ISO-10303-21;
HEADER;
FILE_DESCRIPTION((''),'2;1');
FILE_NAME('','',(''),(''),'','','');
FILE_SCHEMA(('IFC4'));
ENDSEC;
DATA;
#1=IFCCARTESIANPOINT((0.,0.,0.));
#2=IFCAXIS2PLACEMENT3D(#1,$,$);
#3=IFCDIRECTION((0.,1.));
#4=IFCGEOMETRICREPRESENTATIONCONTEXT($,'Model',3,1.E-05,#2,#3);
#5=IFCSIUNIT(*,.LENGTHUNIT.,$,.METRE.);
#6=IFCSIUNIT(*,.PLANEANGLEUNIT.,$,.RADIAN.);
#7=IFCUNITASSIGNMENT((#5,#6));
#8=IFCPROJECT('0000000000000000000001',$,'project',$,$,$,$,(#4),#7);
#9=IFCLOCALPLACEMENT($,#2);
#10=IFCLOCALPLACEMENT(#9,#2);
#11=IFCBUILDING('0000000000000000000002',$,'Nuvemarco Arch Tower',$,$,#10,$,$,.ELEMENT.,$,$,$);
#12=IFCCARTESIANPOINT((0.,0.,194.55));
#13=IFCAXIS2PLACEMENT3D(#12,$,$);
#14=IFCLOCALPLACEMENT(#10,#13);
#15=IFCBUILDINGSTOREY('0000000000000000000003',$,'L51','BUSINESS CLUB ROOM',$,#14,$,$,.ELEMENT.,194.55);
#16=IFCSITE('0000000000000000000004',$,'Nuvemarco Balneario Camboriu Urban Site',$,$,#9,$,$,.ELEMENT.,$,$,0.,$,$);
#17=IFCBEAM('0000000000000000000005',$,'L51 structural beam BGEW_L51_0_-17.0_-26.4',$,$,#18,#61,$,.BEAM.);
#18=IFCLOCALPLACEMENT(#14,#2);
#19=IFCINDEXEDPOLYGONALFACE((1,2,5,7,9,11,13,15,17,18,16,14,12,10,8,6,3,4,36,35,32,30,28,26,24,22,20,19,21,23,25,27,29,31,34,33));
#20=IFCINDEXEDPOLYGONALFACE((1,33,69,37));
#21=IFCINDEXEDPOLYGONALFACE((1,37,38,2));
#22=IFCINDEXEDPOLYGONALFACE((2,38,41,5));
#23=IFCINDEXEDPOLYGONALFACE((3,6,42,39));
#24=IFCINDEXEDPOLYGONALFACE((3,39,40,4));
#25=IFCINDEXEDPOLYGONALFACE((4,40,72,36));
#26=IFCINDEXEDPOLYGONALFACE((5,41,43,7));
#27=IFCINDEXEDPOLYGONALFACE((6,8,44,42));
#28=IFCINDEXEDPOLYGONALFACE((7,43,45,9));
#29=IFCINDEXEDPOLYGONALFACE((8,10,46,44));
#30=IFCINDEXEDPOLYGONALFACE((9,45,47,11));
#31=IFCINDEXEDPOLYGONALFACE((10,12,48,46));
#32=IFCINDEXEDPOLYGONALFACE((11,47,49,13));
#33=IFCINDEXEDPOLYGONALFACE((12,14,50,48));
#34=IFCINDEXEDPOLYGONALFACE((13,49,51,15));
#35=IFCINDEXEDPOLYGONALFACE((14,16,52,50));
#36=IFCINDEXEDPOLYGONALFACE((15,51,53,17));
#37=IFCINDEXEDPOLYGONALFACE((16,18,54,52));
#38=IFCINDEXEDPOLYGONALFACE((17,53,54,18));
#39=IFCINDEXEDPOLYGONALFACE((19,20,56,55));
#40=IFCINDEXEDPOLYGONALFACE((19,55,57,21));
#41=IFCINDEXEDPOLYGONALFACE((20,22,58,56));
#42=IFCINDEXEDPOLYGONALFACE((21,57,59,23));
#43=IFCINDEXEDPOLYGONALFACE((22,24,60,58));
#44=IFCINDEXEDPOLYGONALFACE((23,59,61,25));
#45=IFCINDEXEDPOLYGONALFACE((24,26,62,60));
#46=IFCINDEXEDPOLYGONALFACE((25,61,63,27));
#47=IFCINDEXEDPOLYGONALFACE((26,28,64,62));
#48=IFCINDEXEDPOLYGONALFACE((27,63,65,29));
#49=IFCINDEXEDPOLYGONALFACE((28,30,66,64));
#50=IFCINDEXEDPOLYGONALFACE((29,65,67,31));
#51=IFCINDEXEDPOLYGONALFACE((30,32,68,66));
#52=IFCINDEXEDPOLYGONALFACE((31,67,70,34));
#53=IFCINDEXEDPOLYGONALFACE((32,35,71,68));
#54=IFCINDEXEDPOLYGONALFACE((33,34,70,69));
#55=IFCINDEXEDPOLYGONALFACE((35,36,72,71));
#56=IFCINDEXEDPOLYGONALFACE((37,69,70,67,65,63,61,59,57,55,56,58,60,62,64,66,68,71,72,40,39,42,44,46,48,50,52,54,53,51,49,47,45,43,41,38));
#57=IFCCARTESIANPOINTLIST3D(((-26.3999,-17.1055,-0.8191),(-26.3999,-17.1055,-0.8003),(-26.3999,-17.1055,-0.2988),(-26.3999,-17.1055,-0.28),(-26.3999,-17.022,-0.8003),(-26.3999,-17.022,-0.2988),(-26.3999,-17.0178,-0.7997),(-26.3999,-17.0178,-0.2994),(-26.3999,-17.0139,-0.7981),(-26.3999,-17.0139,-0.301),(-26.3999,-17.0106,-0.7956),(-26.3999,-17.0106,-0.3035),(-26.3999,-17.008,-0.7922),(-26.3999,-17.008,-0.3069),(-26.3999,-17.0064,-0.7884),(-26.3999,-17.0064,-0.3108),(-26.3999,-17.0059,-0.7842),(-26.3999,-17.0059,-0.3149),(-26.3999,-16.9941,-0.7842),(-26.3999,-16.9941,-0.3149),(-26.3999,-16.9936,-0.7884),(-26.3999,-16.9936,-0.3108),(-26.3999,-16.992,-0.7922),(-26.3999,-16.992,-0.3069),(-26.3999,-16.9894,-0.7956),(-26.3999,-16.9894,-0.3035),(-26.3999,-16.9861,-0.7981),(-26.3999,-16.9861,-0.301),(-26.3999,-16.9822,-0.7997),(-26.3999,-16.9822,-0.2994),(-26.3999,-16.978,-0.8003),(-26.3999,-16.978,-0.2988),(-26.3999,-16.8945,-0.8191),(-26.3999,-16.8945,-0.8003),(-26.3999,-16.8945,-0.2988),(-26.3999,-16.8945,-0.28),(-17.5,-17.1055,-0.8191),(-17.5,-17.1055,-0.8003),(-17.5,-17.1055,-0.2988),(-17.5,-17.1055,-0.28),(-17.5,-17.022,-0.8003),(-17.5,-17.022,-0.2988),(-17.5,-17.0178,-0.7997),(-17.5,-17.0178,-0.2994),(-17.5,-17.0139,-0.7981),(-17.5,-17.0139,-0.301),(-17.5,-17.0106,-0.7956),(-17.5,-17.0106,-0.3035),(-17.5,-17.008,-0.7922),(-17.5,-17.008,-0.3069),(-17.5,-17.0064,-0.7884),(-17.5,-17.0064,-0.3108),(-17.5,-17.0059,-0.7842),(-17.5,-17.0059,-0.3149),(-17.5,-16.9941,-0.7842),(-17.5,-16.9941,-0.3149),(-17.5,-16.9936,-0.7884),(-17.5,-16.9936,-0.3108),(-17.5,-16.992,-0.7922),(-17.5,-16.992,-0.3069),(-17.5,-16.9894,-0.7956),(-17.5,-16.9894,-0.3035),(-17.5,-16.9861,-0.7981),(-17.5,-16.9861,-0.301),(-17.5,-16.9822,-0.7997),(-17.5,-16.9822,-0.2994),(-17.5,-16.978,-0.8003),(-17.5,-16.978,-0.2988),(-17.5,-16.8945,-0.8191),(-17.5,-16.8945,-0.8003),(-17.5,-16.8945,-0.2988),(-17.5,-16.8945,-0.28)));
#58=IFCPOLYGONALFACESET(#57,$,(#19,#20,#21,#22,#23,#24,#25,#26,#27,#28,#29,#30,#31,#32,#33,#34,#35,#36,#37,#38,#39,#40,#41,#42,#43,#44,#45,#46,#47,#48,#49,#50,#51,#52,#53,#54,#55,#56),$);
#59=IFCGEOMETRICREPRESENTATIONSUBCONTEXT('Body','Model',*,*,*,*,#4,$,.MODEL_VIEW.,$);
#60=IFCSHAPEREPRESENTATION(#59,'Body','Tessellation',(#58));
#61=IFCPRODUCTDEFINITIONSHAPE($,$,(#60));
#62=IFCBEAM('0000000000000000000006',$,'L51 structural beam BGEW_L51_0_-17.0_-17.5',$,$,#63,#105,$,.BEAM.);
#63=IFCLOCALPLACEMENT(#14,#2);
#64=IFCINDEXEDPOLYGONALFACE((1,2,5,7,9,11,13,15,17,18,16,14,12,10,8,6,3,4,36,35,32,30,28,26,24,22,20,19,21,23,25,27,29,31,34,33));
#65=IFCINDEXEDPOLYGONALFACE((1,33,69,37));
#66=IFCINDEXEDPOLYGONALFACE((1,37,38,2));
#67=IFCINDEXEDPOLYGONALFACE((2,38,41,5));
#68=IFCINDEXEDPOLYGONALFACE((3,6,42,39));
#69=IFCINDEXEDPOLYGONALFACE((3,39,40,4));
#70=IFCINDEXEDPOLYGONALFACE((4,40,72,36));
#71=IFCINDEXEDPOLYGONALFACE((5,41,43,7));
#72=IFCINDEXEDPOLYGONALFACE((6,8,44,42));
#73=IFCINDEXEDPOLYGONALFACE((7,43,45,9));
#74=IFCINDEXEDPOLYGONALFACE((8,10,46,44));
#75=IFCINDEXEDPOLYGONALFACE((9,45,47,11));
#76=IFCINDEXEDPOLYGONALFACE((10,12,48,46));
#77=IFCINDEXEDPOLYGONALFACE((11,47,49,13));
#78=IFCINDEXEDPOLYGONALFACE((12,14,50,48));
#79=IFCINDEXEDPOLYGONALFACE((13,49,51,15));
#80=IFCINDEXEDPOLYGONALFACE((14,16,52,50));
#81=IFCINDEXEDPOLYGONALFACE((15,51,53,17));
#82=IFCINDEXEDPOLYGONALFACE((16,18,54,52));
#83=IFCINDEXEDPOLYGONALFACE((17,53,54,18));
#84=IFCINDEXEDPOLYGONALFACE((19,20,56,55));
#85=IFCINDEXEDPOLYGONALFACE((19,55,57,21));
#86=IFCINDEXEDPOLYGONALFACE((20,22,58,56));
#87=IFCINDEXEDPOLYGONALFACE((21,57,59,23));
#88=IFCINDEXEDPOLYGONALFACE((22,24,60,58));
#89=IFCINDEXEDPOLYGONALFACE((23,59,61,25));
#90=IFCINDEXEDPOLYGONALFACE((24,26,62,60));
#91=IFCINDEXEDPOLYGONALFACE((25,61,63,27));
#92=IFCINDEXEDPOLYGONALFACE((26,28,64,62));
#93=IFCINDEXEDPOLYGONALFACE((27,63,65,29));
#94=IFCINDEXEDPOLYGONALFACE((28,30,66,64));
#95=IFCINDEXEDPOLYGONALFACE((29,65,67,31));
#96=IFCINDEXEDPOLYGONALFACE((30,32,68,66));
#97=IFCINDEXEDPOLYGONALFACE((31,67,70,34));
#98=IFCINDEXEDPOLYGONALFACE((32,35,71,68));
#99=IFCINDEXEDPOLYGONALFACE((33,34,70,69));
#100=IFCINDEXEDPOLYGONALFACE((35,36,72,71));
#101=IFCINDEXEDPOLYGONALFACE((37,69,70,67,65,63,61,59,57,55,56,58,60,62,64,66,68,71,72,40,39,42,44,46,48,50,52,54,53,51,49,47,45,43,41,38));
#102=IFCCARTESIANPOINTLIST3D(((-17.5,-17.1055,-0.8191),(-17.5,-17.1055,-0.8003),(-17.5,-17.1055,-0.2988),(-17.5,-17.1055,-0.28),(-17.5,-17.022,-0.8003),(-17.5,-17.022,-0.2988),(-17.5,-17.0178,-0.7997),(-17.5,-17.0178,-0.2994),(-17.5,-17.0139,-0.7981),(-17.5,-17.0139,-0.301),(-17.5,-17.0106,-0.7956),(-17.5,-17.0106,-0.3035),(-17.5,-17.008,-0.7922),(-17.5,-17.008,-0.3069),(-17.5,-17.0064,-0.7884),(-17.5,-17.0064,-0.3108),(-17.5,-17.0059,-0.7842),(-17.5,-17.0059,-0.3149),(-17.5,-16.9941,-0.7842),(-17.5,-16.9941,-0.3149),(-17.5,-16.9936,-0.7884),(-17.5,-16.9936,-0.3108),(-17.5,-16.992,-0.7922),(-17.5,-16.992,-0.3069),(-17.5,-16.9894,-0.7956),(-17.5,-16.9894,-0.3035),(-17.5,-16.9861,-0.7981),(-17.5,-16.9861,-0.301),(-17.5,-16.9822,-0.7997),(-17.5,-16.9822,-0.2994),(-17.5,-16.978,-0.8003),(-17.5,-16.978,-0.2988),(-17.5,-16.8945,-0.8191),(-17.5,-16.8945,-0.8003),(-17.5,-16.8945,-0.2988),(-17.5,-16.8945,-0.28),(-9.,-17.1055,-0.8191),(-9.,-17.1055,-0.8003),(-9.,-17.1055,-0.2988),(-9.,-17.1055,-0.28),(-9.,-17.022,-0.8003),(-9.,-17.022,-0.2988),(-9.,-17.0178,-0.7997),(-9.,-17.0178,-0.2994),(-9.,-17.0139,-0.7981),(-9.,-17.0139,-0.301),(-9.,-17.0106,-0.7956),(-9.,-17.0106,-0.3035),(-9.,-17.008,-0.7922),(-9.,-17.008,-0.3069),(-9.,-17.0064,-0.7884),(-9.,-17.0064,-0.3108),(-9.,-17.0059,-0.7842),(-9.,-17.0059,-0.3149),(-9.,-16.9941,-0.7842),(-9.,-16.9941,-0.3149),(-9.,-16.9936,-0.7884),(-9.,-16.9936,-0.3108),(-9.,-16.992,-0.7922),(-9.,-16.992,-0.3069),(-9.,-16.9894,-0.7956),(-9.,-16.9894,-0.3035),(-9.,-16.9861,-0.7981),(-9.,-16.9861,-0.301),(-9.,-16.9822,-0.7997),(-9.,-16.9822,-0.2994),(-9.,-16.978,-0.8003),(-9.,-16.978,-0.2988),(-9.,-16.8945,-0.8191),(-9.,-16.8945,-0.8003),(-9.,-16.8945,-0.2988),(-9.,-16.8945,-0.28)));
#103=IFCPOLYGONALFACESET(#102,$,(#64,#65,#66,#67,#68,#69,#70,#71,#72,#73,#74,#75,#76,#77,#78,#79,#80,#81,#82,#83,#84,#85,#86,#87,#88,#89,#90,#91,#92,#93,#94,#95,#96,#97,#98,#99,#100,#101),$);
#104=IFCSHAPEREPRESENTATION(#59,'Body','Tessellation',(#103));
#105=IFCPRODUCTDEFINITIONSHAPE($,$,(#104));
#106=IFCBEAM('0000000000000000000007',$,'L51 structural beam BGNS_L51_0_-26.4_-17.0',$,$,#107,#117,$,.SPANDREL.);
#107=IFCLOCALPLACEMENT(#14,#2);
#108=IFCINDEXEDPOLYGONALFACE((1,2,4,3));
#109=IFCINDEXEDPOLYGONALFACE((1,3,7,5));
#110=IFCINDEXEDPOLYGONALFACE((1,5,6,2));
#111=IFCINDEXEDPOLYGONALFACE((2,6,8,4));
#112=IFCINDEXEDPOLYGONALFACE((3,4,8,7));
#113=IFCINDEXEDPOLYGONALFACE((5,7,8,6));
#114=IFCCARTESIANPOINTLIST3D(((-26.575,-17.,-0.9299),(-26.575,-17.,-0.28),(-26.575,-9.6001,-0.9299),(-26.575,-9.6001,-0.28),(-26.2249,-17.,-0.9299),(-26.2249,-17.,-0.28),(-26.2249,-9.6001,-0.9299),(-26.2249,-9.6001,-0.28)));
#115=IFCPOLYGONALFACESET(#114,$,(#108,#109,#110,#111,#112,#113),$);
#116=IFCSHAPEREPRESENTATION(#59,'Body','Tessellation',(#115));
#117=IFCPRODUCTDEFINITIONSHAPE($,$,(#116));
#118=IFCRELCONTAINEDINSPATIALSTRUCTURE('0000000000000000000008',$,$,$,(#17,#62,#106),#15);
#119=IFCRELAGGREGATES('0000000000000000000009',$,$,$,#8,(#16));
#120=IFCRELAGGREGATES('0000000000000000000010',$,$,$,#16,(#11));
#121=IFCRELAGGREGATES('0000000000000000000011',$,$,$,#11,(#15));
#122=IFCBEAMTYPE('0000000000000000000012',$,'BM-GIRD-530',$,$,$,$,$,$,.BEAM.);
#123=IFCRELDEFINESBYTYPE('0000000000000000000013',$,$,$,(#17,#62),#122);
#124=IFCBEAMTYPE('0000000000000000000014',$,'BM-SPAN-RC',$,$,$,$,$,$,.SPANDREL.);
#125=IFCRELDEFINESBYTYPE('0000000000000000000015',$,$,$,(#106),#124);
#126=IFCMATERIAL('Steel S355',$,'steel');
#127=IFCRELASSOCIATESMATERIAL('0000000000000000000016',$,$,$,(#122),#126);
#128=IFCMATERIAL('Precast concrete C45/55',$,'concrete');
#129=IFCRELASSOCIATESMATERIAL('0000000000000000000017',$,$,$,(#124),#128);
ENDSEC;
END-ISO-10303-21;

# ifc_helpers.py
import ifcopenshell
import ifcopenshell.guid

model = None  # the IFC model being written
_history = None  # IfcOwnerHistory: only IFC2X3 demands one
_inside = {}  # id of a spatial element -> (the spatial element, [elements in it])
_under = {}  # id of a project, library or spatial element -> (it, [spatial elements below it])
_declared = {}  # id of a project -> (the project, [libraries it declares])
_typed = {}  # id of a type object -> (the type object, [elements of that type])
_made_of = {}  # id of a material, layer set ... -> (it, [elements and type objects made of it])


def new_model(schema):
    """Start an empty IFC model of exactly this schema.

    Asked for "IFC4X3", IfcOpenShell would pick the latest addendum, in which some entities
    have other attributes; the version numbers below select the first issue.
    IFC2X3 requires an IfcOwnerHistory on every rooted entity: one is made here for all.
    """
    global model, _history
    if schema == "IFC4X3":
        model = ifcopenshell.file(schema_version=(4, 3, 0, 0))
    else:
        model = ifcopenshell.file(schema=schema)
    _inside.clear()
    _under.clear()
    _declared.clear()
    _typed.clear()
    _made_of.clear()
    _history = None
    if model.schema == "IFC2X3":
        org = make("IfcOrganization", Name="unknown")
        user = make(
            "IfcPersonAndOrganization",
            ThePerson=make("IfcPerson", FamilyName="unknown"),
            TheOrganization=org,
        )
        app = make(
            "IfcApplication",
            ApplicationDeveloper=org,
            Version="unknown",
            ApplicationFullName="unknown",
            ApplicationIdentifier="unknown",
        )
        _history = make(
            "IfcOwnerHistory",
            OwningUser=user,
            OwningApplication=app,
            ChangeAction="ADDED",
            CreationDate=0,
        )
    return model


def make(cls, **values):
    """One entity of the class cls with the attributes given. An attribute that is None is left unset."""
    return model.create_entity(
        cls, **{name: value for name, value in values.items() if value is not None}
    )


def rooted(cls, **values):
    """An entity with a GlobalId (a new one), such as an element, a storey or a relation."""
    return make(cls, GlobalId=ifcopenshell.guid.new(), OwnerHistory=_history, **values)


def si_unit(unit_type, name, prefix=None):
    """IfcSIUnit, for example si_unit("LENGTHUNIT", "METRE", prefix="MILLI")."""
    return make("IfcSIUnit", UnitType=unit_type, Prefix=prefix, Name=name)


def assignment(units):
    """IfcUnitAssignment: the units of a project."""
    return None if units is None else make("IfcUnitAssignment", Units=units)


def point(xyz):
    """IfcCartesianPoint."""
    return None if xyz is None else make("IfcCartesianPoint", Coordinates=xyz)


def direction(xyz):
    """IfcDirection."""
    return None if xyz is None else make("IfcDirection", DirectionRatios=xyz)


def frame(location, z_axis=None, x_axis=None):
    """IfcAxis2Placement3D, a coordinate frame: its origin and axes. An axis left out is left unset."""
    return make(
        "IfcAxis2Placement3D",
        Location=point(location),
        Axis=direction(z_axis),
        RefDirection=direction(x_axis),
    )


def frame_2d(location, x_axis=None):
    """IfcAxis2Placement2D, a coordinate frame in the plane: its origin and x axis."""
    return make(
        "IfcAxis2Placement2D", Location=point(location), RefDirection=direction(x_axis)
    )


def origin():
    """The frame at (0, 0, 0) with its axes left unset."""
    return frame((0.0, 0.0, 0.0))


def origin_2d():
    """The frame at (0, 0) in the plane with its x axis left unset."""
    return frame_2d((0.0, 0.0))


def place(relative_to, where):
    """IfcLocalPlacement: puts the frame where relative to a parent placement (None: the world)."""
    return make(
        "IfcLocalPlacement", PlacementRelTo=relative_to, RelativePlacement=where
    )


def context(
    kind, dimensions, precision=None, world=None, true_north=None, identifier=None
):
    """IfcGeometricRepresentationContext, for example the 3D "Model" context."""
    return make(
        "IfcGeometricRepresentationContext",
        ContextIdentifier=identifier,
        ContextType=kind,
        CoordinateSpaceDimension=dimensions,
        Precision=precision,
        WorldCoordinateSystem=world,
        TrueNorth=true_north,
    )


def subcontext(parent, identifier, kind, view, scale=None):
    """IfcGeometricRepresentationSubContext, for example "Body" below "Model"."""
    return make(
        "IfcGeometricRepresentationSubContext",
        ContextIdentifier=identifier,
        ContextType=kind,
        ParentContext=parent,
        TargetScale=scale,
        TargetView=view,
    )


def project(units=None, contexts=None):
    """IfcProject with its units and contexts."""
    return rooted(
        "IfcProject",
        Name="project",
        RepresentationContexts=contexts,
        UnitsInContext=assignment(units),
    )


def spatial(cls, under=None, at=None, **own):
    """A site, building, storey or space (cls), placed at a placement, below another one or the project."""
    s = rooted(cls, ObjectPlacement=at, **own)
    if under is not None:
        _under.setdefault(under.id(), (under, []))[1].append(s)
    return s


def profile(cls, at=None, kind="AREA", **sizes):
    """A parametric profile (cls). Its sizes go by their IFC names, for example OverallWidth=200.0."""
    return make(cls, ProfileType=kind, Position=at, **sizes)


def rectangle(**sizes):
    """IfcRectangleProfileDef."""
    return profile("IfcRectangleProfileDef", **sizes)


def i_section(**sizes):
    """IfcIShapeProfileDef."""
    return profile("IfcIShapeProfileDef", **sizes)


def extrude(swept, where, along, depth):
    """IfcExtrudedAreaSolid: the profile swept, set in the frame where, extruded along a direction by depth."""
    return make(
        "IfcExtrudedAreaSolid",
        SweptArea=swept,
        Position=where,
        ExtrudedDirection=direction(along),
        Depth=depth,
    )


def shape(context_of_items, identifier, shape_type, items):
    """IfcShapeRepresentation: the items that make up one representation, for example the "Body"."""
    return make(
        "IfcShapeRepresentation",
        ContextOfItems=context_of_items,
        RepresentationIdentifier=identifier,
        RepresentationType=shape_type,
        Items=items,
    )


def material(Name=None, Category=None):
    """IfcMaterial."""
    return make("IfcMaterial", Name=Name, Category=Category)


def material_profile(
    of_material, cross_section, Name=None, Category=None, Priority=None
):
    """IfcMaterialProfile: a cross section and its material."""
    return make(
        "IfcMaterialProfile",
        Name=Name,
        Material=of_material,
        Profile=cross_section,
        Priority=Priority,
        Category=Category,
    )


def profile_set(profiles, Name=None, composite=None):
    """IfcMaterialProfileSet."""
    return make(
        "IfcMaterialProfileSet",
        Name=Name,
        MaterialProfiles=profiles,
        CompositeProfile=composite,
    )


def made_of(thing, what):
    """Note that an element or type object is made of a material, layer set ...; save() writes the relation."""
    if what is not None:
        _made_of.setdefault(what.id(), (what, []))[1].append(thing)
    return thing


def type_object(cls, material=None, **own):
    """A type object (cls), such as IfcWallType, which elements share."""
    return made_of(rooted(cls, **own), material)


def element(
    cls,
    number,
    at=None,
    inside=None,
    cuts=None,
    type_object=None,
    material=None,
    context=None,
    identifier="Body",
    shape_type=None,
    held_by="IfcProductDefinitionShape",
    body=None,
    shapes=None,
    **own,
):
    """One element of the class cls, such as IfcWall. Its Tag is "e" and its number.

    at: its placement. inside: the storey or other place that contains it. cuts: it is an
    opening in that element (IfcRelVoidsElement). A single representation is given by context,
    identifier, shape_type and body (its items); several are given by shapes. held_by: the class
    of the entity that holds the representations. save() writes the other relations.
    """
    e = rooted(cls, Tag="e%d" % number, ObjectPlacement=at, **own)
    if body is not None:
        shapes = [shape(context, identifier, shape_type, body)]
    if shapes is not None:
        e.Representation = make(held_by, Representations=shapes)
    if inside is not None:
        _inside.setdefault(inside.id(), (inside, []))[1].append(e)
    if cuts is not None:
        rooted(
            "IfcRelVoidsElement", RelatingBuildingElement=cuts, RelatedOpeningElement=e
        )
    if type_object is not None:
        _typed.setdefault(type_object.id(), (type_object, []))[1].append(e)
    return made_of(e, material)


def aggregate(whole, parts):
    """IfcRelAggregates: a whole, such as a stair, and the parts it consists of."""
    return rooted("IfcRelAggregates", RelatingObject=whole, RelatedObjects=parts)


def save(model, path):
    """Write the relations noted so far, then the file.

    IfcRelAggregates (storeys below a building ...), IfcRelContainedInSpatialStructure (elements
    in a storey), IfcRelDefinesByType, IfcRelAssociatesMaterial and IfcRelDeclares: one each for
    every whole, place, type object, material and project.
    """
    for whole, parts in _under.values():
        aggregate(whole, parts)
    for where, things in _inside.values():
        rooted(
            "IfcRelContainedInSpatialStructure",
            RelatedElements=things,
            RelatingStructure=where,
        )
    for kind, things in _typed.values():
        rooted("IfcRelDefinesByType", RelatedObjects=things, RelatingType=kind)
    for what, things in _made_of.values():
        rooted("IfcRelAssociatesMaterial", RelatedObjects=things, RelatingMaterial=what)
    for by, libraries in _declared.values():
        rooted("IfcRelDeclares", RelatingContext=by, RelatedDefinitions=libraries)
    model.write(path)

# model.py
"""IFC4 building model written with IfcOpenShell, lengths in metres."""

from ifc_helpers import new_model, si_unit, direction, frame, origin, origin_2d, place, context, subcontext, project, spatial, rectangle, i_section, extrude, material, material_profile, profile_set, type_object, element, save


model = new_model("IFC4")

# Units and contexts
model_context = context("Model", 3, precision=1e-05, world=origin(), true_north=direction((0.0, 1.0)))
body_context = subcontext(model_context, "Body", "Model", "MODEL_VIEW")
ifc_project = project(units=[si_unit("LENGTHUNIT", "METRE"), si_unit("PLANEANGLEUNIT", "RADIAN")], contexts=[model_context])

# Site, building, storey
site_placement = place(None, origin())
site = spatial("IfcSite", under=ifc_project, at=site_placement, Name="Nuvemarco Balneario Camboriu Urban Site", CompositionType="ELEMENT", RefElevation=0.0)
building_placement = place(site_placement, origin())
building = spatial("IfcBuilding", under=site, at=building_placement, Name="Nuvemarco Arch Tower", CompositionType="ELEMENT")
storey_placement = place(building_placement, frame((0.0, 0.0, 194.55)))
storey = spatial("IfcBuildingStorey", under=building, at=storey_placement, Name="L51", Description="BUSINESS CLUB ROOM", CompositionType="ELEMENT", Elevation=194.55)

# Shared definitions
ifc_material_1 = material(Name="Steel S355", Category="steel")

# Beams
ifc_material_profile_1 = material_profile(ifc_material_1, i_section(OverallWidth=0.2109, OverallDepth=0.5391, WebThickness=0.0117, FlangeThickness=0.0188, FilletRadius=0.0161, at=origin_2d()), Name="W530x109")
ifc_profile_set_1 = profile_set([ifc_material_profile_1], Name="Steel S355")
beam_type_1 = type_object("IfcBeamType", Name="BM-GIRD-530", PredefinedType="BEAM", material=ifc_profile_set_1)
beam_1_placement = place(storey_placement, frame((-26.3999, -17.0, -0.5496), z_axis=(1.0, 0.0, 0.0), x_axis=(0.0, 1.0, 0.0)))
element("IfcBeam", 1, at=beam_1_placement, inside=storey, type_object=beam_type_1, Name="L51 structural beam BGEW_L51_0_-17.0_-26.4", PredefinedType="BEAM", context=body_context, shape_type="SweptSolid", body=[
    extrude(i_section(OverallWidth=0.2109, OverallDepth=0.5391, WebThickness=0.0117, FlangeThickness=0.0188, FilletRadius=0.0161, at=origin_2d()), origin(), (0.0, 0.0, 1.0), 8.8999),
])
beam_2_placement = place(storey_placement, frame((-17.5, -17.0, -0.5496), z_axis=(1.0, 0.0, 0.0), x_axis=(0.0, 1.0, 0.0)))
element("IfcBeam", 2, at=beam_2_placement, inside=storey, type_object=beam_type_1, Name="L51 structural beam BGEW_L51_0_-17.0_-17.5", PredefinedType="BEAM", context=body_context, shape_type="SweptSolid", body=[
    extrude(i_section(OverallWidth=0.2109, OverallDepth=0.5391, WebThickness=0.0117, FlangeThickness=0.0188, FilletRadius=0.0161, at=origin_2d()), origin(), (0.0, 0.0, 1.0), 8.5),
])
ifc_material_2 = material(Name="Precast concrete C45/55", Category="concrete")
ifc_material_profile_2 = material_profile(ifc_material_2, rectangle(XDim=0.3501, YDim=0.6499, at=origin_2d()), Name="PC-SP-350x650")
ifc_profile_set_2 = profile_set([ifc_material_profile_2], Name="Precast concrete C45/55")
beam_type_2 = type_object("IfcBeamType", Name="BM-SPAN-RC", PredefinedType="SPANDREL", material=ifc_profile_set_2)
beam_3_placement = place(storey_placement, frame((-26.3999, -17.0, -0.605), z_axis=(0.0, 1.0, 0.0), x_axis=(-1.0, 0.0, 0.0)))
element("IfcBeam", 3, at=beam_3_placement, inside=storey, type_object=beam_type_2, Name="L51 structural beam BGNS_L51_0_-26.4_-17.0", PredefinedType="SPANDREL", context=body_context, shape_type="SweptSolid", body=[
    extrude(rectangle(XDim=0.3501, YDim=0.6499, at=origin_2d()), origin(), (0.0, 0.0, 1.0), 7.3999),
])

save(model, "model.ifc")
